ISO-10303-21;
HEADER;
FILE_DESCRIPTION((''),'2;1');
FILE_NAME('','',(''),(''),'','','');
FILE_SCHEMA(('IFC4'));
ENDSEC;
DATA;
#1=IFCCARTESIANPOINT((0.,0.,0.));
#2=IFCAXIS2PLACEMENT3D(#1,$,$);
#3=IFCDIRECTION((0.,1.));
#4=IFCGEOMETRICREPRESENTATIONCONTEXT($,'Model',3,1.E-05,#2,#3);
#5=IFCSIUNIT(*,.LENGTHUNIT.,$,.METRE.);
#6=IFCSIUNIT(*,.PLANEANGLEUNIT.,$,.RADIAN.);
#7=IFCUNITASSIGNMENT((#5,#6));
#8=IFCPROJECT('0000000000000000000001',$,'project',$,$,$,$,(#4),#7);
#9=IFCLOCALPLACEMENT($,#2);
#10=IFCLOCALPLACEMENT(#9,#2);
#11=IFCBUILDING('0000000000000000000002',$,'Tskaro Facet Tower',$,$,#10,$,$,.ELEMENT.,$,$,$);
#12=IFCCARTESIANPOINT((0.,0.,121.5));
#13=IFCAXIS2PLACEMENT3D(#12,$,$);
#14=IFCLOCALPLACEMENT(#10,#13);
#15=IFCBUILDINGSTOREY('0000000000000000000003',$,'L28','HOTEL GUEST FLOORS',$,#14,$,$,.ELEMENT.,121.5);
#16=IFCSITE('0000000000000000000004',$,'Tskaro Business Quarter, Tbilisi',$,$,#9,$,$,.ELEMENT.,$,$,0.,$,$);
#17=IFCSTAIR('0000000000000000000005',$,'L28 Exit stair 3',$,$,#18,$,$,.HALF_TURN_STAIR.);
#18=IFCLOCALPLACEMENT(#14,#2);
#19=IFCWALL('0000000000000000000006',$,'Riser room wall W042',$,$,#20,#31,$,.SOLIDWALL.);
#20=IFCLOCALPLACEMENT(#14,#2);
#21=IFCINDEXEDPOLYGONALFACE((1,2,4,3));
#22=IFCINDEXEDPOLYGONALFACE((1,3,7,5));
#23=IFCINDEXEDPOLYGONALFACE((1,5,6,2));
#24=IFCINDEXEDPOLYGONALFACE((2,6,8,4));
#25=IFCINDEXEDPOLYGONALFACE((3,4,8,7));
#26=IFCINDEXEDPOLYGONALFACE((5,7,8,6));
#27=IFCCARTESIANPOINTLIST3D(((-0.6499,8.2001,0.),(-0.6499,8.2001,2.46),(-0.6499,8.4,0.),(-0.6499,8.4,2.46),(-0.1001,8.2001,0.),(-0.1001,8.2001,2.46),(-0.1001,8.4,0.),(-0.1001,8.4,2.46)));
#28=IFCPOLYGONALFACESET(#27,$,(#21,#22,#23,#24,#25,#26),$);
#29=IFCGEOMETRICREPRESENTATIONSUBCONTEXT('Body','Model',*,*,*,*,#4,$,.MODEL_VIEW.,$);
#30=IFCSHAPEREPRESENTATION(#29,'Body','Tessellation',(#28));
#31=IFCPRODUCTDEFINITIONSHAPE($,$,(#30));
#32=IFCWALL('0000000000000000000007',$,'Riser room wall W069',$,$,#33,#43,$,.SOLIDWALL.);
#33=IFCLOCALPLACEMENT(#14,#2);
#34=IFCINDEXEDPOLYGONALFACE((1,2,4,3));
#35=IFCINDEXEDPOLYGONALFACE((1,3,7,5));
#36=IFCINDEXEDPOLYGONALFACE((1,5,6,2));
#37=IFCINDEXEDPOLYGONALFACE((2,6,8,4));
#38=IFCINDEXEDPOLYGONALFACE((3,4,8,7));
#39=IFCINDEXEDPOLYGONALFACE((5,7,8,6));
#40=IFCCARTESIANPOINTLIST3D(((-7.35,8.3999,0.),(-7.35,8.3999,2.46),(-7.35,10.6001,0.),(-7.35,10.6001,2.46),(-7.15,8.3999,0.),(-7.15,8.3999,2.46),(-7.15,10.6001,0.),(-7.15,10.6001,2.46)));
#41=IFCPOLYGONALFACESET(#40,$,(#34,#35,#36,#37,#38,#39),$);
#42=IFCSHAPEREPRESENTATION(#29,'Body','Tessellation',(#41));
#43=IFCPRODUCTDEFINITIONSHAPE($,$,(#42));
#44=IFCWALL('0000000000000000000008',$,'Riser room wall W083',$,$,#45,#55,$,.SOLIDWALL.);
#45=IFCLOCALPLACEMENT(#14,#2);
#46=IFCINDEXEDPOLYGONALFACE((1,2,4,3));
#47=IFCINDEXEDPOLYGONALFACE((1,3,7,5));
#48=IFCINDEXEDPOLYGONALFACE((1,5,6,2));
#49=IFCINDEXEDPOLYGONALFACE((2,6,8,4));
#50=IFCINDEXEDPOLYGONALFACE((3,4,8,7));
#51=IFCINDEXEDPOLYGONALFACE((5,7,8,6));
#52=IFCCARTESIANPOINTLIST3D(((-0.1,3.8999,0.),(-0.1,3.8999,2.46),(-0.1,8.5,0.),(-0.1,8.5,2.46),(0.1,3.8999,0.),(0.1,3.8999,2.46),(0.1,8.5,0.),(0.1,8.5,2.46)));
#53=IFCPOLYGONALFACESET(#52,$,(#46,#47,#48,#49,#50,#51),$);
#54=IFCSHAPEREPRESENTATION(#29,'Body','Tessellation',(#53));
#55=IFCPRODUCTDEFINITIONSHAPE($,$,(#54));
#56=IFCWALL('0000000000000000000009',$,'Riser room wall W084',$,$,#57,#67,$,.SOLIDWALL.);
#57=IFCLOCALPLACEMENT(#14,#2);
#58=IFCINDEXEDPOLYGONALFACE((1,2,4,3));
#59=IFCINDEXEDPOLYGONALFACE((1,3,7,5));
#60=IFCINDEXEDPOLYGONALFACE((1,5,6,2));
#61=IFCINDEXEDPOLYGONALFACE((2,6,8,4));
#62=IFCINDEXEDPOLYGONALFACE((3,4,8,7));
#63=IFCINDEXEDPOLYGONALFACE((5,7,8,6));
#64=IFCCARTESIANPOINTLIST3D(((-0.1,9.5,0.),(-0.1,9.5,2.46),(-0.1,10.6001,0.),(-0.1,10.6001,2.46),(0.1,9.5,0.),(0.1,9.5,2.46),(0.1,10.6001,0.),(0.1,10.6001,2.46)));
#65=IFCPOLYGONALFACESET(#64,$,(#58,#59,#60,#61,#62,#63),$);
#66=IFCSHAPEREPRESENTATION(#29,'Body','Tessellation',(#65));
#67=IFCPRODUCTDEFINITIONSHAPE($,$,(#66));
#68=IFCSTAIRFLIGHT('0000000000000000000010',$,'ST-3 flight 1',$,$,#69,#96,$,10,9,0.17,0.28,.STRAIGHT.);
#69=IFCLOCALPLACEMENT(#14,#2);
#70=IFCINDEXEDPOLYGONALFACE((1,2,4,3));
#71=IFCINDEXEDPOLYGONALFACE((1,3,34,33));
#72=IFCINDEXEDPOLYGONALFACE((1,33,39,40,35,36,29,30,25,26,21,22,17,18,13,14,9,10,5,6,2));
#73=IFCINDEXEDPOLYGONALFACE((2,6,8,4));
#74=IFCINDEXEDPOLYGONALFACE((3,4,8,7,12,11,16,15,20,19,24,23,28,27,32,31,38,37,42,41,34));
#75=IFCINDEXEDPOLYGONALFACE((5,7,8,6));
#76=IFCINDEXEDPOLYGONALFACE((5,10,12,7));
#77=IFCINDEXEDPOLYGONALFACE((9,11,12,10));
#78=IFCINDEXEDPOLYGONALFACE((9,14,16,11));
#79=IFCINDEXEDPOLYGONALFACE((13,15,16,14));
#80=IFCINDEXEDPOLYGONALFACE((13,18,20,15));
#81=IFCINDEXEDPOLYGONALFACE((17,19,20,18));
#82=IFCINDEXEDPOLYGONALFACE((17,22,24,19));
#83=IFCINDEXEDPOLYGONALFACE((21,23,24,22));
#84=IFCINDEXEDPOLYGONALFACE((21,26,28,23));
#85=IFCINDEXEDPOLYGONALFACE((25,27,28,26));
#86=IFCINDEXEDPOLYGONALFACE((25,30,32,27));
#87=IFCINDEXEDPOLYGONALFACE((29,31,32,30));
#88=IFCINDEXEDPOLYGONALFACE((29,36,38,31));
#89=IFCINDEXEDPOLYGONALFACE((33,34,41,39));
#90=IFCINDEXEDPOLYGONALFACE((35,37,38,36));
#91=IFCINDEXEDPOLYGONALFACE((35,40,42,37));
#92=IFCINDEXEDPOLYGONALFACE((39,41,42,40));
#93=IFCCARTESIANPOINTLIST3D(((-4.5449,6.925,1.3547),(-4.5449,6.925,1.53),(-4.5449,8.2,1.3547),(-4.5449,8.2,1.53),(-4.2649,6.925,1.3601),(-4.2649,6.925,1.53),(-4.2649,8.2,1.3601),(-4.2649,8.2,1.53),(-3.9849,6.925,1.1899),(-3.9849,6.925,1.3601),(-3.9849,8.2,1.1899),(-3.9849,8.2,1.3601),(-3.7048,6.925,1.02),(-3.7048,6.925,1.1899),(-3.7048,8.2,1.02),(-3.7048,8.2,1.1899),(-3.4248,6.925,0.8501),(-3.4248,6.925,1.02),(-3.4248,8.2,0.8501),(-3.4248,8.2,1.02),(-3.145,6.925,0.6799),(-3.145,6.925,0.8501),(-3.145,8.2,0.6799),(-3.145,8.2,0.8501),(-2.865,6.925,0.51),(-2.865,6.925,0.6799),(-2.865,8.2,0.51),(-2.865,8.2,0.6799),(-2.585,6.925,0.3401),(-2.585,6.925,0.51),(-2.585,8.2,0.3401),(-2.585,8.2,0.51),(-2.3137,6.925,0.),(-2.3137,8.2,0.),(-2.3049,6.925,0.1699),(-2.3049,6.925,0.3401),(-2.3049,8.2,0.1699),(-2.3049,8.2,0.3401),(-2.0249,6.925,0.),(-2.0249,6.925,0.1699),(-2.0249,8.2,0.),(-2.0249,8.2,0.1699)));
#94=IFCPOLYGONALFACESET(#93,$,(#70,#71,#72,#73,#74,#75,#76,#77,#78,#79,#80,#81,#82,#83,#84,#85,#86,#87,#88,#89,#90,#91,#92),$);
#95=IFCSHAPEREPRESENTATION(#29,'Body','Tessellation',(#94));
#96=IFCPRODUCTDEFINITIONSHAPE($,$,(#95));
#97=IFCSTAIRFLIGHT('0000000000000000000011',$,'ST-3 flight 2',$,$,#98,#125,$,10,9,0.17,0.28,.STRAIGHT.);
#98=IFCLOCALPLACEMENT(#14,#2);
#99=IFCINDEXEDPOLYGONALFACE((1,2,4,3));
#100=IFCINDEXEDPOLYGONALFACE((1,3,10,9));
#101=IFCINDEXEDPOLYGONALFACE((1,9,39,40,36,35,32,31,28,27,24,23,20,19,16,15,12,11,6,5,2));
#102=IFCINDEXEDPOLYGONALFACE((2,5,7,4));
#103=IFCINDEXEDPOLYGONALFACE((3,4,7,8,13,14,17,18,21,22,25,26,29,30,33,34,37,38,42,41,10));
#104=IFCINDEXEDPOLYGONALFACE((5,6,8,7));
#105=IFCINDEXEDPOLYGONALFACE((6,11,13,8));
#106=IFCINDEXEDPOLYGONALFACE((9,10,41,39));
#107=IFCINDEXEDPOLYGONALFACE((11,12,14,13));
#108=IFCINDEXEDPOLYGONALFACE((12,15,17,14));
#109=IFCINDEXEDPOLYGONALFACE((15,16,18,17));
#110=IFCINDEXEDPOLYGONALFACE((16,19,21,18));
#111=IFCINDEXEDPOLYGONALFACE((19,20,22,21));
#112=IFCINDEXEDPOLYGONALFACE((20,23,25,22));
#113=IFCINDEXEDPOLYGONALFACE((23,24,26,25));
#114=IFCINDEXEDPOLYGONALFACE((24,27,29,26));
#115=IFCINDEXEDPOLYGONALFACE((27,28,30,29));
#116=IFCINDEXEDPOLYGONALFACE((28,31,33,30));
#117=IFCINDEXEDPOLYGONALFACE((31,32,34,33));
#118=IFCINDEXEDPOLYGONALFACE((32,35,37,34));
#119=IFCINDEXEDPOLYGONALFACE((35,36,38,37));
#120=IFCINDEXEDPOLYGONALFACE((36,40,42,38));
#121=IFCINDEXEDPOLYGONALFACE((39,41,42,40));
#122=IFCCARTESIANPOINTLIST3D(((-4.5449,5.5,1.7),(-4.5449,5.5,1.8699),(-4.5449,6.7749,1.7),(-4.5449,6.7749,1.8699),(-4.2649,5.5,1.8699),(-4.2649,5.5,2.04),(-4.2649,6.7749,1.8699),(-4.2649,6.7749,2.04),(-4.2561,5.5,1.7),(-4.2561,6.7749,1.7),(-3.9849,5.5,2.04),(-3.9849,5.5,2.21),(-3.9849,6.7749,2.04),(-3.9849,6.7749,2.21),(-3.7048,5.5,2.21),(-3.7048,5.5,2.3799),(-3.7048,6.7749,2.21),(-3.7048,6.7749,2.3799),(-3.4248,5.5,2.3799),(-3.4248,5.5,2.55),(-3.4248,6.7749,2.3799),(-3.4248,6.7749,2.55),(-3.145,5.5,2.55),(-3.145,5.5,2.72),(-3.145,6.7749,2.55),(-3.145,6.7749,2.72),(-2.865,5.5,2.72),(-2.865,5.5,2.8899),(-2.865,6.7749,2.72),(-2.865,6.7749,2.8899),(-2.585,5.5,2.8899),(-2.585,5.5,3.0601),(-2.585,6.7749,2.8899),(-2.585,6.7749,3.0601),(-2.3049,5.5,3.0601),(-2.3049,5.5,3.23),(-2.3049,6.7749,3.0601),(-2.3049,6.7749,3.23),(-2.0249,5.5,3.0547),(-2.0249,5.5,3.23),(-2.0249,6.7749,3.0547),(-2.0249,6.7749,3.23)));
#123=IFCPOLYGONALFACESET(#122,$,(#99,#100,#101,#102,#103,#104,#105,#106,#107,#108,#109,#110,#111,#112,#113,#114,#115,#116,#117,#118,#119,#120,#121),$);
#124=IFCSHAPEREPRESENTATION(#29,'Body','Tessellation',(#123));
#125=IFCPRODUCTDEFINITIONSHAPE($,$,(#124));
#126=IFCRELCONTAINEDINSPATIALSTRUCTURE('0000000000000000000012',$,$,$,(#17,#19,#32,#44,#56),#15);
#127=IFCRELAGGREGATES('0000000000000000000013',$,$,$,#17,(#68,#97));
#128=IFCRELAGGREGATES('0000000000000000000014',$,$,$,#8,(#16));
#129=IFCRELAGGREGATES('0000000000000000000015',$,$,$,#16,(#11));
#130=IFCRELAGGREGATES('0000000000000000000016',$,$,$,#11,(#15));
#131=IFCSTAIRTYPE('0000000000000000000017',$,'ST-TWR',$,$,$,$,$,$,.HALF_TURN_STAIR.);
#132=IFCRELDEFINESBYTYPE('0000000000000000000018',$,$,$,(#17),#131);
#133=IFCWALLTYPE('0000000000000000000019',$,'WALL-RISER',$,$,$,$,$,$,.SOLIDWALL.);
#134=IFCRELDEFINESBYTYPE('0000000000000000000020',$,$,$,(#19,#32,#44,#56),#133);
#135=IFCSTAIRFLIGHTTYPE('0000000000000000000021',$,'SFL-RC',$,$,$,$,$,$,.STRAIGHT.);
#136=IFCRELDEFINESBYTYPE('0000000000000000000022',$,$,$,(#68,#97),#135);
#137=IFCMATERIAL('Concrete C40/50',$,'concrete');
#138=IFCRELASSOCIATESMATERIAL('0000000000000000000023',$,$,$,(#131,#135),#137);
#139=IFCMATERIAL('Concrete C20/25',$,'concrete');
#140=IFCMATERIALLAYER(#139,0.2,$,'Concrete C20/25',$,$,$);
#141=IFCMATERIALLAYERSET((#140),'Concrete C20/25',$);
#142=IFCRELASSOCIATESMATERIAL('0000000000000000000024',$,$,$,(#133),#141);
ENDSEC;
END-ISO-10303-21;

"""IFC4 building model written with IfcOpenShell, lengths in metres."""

from ifc_helpers import new_model, si_unit, direction, frame, frame_2d, origin, place, context, subcontext, project, spatial, polyline, rectangle, outline, extrude, material, layer, layer_set, type_object, element, aggregate, save


model = new_model("IFC4")

# Units and contexts
model_context = context("Model", 3, precision=1e-05, world=origin(), true_north=direction((0.0, 1.0)))
body_context = subcontext(model_context, "Body", "Model", "MODEL_VIEW")
ifc_project = project(units=[si_unit("LENGTHUNIT", "METRE"), si_unit("PLANEANGLEUNIT", "RADIAN")], contexts=[model_context])

# Site, building, storey
site_placement = place(None, origin())
site = spatial("IfcSite", under=ifc_project, at=site_placement, Name="Tskaro Business Quarter, Tbilisi", CompositionType="ELEMENT", RefElevation=0.0)
building_placement = place(site_placement, origin())
building = spatial("IfcBuilding", under=site, at=building_placement, Name="Tskaro Facet Tower", CompositionType="ELEMENT")
storey_placement = place(building_placement, frame((0.0, 0.0, 121.5)))
storey = spatial("IfcBuildingStorey", under=building, at=storey_placement, Name="L28", Description="HOTEL GUEST FLOORS", CompositionType="ELEMENT", Elevation=121.5)

# Stair
ifc_material_1 = material(Name="Concrete C40/50", Category="concrete")
stair_type = type_object("IfcStairType", Name="ST-TWR", PredefinedType="HALF_TURN_STAIR", material=ifc_material_1)
stair_1_placement = place(storey_placement, origin())
stair_1 = element("IfcStair", 1, at=stair_1_placement, inside=storey, type_object=stair_type, Name="L28 Exit stair 3", PredefinedType="HALF_TURN_STAIR")

# Walls
ifc_material_2 = material(Name="Concrete C20/25", Category="concrete")
ifc_layer_1 = layer(ifc_material_2, 0.2, Name="Concrete C20/25")
ifc_layer_set_1 = layer_set([ifc_layer_1], Name="Concrete C20/25")
wall_type_1 = type_object("IfcWallType", Name="WALL-RISER", PredefinedType="SOLIDWALL", material=ifc_layer_set_1)
wall_1_placement = place(storey_placement, frame((-0.6499, 8.3, 0.0), z_axis=(0.0, 0.0, 1.0), x_axis=(1.0, 0.0, 0.0)))
element("IfcWall", 2, at=wall_1_placement, inside=storey, type_object=wall_type_1, Name="Riser room wall W042", PredefinedType="SOLIDWALL", context=body_context, shape_type="SweptSolid", body=[
    extrude(rectangle(XDim=0.5498, YDim=0.2, at=frame_2d((0.2749, 0.0))), origin(), (0.0, 0.0, 1.0), 2.46),
])
wall_2_placement = place(storey_placement, frame((-7.25, 8.3999, 0.0), z_axis=(0.0, 0.0, 1.0), x_axis=(0.0, 1.0, 0.0)))
element("IfcWall", 3, at=wall_2_placement, inside=storey, type_object=wall_type_1, Name="Riser room wall W069", PredefinedType="SOLIDWALL", context=body_context, shape_type="SweptSolid", body=[
    extrude(rectangle(XDim=2.2002, YDim=0.2, at=frame_2d((1.1001, 0.0))), origin(), (0.0, 0.0, 1.0), 2.46),
])
wall_3_placement = place(storey_placement, frame((0.0, 3.8999, 0.0), z_axis=(0.0, 0.0, 1.0), x_axis=(0.0, 1.0, 0.0)))
element("IfcWall", 4, at=wall_3_placement, inside=storey, type_object=wall_type_1, Name="Riser room wall W083", PredefinedType="SOLIDWALL", context=body_context, shape_type="SweptSolid", body=[
    extrude(rectangle(XDim=4.6001, YDim=0.2, at=frame_2d((2.3, 0.0))), origin(), (0.0, 0.0, 1.0), 2.46),
])
wall_4_placement = place(storey_placement, frame((0.0, 9.5, 0.0), z_axis=(0.0, 0.0, 1.0), x_axis=(0.0, 1.0, 0.0)))
element("IfcWall", 5, at=wall_4_placement, inside=storey, type_object=wall_type_1, Name="Riser room wall W084", PredefinedType="SOLIDWALL", context=body_context, shape_type="SweptSolid", body=[
    extrude(rectangle(XDim=1.1001, YDim=0.2, at=frame_2d((0.55, 0.0))), origin(), (0.0, 0.0, 1.0), 2.46),
])

# Stair flights
stair_flight_type = type_object("IfcStairFlightType", Name="SFL-RC", PredefinedType="STRAIGHT", material=ifc_material_1)
stair_flight_1_placement = place(storey_placement, frame((-2.0249, 7.5625, 0.0), z_axis=(0.0, 0.0, 1.0), x_axis=(-1.0, 0.0, 0.0)))
stair_flight_1 = element("IfcStairFlight", 6, at=stair_flight_1_placement, type_object=stair_flight_type, Name="ST-3 flight 1", NumberOfRisers=10, NumberOfTreads=9, PredefinedType="STRAIGHT", RiserHeight=0.17, TreadLength=0.28, context=body_context, shape_type="SweptSolid", body=[
    extrude(outline(polyline([(0.0, 0.0), (0.0, 0.1699), (0.28, 0.1699), (0.28, 0.3401), (0.5601, 0.3401), (0.5601, 0.51), (0.8401, 0.51), (0.8401, 0.6799), (1.1201, 0.6799), (1.1201, 0.8501), (1.3999, 0.8501), (1.3999, 1.02), (1.6799, 1.02), (1.6799, 1.1899), (1.96, 1.1899), (1.96, 1.3601), (2.24, 1.3601), (2.24, 1.53), (2.52, 1.53), (2.52, 1.7), (2.52, 1.3547), (0.2888, 0.0), (0.0, 0.0)])), frame((0.0, 0.6375, 0.0), z_axis=(0.0, -1.0, 0.0), x_axis=(1.0, 0.0, 0.0)), (0.0, 0.0, 1.0), 1.2749),
])
stair_flight_2_placement = place(storey_placement, frame((-4.5449, 6.1375, 1.7), z_axis=(0.0, 0.0, 1.0), x_axis=(1.0, 0.0, 0.0)))
stair_flight_2 = element("IfcStairFlight", 7, at=stair_flight_2_placement, type_object=stair_flight_type, Name="ST-3 flight 2", NumberOfRisers=10, NumberOfTreads=9, PredefinedType="STRAIGHT", RiserHeight=0.17, TreadLength=0.28, context=body_context, shape_type="SweptSolid", body=[
    extrude(outline(polyline([(0.0, 0.0), (0.0, 0.1699), (0.28, 0.1699), (0.28, 0.3401), (0.5601, 0.3401), (0.5601, 0.51), (0.8401, 0.51), (0.8401, 0.6799), (1.1201, 0.6799), (1.1201, 0.8501), (1.3999, 0.8501), (1.3999, 1.02), (1.6799, 1.02), (1.6799, 1.1899), (1.96, 1.1899), (1.96, 1.3601), (2.24, 1.3601), (2.24, 1.53), (2.52, 1.53), (2.52, 1.7), (2.52, 1.3547), (0.2888, 0.0), (0.0, 0.0)])), frame((0.0, 0.6375, 0.0), z_axis=(0.0, -1.0, 0.0), x_axis=(1.0, 0.0, 0.0)), (0.0, 0.0, 1.0), 1.2749),
])
aggregate(stair_1, [stair_flight_1, stair_flight_2])

save(model, "model.ifc")
